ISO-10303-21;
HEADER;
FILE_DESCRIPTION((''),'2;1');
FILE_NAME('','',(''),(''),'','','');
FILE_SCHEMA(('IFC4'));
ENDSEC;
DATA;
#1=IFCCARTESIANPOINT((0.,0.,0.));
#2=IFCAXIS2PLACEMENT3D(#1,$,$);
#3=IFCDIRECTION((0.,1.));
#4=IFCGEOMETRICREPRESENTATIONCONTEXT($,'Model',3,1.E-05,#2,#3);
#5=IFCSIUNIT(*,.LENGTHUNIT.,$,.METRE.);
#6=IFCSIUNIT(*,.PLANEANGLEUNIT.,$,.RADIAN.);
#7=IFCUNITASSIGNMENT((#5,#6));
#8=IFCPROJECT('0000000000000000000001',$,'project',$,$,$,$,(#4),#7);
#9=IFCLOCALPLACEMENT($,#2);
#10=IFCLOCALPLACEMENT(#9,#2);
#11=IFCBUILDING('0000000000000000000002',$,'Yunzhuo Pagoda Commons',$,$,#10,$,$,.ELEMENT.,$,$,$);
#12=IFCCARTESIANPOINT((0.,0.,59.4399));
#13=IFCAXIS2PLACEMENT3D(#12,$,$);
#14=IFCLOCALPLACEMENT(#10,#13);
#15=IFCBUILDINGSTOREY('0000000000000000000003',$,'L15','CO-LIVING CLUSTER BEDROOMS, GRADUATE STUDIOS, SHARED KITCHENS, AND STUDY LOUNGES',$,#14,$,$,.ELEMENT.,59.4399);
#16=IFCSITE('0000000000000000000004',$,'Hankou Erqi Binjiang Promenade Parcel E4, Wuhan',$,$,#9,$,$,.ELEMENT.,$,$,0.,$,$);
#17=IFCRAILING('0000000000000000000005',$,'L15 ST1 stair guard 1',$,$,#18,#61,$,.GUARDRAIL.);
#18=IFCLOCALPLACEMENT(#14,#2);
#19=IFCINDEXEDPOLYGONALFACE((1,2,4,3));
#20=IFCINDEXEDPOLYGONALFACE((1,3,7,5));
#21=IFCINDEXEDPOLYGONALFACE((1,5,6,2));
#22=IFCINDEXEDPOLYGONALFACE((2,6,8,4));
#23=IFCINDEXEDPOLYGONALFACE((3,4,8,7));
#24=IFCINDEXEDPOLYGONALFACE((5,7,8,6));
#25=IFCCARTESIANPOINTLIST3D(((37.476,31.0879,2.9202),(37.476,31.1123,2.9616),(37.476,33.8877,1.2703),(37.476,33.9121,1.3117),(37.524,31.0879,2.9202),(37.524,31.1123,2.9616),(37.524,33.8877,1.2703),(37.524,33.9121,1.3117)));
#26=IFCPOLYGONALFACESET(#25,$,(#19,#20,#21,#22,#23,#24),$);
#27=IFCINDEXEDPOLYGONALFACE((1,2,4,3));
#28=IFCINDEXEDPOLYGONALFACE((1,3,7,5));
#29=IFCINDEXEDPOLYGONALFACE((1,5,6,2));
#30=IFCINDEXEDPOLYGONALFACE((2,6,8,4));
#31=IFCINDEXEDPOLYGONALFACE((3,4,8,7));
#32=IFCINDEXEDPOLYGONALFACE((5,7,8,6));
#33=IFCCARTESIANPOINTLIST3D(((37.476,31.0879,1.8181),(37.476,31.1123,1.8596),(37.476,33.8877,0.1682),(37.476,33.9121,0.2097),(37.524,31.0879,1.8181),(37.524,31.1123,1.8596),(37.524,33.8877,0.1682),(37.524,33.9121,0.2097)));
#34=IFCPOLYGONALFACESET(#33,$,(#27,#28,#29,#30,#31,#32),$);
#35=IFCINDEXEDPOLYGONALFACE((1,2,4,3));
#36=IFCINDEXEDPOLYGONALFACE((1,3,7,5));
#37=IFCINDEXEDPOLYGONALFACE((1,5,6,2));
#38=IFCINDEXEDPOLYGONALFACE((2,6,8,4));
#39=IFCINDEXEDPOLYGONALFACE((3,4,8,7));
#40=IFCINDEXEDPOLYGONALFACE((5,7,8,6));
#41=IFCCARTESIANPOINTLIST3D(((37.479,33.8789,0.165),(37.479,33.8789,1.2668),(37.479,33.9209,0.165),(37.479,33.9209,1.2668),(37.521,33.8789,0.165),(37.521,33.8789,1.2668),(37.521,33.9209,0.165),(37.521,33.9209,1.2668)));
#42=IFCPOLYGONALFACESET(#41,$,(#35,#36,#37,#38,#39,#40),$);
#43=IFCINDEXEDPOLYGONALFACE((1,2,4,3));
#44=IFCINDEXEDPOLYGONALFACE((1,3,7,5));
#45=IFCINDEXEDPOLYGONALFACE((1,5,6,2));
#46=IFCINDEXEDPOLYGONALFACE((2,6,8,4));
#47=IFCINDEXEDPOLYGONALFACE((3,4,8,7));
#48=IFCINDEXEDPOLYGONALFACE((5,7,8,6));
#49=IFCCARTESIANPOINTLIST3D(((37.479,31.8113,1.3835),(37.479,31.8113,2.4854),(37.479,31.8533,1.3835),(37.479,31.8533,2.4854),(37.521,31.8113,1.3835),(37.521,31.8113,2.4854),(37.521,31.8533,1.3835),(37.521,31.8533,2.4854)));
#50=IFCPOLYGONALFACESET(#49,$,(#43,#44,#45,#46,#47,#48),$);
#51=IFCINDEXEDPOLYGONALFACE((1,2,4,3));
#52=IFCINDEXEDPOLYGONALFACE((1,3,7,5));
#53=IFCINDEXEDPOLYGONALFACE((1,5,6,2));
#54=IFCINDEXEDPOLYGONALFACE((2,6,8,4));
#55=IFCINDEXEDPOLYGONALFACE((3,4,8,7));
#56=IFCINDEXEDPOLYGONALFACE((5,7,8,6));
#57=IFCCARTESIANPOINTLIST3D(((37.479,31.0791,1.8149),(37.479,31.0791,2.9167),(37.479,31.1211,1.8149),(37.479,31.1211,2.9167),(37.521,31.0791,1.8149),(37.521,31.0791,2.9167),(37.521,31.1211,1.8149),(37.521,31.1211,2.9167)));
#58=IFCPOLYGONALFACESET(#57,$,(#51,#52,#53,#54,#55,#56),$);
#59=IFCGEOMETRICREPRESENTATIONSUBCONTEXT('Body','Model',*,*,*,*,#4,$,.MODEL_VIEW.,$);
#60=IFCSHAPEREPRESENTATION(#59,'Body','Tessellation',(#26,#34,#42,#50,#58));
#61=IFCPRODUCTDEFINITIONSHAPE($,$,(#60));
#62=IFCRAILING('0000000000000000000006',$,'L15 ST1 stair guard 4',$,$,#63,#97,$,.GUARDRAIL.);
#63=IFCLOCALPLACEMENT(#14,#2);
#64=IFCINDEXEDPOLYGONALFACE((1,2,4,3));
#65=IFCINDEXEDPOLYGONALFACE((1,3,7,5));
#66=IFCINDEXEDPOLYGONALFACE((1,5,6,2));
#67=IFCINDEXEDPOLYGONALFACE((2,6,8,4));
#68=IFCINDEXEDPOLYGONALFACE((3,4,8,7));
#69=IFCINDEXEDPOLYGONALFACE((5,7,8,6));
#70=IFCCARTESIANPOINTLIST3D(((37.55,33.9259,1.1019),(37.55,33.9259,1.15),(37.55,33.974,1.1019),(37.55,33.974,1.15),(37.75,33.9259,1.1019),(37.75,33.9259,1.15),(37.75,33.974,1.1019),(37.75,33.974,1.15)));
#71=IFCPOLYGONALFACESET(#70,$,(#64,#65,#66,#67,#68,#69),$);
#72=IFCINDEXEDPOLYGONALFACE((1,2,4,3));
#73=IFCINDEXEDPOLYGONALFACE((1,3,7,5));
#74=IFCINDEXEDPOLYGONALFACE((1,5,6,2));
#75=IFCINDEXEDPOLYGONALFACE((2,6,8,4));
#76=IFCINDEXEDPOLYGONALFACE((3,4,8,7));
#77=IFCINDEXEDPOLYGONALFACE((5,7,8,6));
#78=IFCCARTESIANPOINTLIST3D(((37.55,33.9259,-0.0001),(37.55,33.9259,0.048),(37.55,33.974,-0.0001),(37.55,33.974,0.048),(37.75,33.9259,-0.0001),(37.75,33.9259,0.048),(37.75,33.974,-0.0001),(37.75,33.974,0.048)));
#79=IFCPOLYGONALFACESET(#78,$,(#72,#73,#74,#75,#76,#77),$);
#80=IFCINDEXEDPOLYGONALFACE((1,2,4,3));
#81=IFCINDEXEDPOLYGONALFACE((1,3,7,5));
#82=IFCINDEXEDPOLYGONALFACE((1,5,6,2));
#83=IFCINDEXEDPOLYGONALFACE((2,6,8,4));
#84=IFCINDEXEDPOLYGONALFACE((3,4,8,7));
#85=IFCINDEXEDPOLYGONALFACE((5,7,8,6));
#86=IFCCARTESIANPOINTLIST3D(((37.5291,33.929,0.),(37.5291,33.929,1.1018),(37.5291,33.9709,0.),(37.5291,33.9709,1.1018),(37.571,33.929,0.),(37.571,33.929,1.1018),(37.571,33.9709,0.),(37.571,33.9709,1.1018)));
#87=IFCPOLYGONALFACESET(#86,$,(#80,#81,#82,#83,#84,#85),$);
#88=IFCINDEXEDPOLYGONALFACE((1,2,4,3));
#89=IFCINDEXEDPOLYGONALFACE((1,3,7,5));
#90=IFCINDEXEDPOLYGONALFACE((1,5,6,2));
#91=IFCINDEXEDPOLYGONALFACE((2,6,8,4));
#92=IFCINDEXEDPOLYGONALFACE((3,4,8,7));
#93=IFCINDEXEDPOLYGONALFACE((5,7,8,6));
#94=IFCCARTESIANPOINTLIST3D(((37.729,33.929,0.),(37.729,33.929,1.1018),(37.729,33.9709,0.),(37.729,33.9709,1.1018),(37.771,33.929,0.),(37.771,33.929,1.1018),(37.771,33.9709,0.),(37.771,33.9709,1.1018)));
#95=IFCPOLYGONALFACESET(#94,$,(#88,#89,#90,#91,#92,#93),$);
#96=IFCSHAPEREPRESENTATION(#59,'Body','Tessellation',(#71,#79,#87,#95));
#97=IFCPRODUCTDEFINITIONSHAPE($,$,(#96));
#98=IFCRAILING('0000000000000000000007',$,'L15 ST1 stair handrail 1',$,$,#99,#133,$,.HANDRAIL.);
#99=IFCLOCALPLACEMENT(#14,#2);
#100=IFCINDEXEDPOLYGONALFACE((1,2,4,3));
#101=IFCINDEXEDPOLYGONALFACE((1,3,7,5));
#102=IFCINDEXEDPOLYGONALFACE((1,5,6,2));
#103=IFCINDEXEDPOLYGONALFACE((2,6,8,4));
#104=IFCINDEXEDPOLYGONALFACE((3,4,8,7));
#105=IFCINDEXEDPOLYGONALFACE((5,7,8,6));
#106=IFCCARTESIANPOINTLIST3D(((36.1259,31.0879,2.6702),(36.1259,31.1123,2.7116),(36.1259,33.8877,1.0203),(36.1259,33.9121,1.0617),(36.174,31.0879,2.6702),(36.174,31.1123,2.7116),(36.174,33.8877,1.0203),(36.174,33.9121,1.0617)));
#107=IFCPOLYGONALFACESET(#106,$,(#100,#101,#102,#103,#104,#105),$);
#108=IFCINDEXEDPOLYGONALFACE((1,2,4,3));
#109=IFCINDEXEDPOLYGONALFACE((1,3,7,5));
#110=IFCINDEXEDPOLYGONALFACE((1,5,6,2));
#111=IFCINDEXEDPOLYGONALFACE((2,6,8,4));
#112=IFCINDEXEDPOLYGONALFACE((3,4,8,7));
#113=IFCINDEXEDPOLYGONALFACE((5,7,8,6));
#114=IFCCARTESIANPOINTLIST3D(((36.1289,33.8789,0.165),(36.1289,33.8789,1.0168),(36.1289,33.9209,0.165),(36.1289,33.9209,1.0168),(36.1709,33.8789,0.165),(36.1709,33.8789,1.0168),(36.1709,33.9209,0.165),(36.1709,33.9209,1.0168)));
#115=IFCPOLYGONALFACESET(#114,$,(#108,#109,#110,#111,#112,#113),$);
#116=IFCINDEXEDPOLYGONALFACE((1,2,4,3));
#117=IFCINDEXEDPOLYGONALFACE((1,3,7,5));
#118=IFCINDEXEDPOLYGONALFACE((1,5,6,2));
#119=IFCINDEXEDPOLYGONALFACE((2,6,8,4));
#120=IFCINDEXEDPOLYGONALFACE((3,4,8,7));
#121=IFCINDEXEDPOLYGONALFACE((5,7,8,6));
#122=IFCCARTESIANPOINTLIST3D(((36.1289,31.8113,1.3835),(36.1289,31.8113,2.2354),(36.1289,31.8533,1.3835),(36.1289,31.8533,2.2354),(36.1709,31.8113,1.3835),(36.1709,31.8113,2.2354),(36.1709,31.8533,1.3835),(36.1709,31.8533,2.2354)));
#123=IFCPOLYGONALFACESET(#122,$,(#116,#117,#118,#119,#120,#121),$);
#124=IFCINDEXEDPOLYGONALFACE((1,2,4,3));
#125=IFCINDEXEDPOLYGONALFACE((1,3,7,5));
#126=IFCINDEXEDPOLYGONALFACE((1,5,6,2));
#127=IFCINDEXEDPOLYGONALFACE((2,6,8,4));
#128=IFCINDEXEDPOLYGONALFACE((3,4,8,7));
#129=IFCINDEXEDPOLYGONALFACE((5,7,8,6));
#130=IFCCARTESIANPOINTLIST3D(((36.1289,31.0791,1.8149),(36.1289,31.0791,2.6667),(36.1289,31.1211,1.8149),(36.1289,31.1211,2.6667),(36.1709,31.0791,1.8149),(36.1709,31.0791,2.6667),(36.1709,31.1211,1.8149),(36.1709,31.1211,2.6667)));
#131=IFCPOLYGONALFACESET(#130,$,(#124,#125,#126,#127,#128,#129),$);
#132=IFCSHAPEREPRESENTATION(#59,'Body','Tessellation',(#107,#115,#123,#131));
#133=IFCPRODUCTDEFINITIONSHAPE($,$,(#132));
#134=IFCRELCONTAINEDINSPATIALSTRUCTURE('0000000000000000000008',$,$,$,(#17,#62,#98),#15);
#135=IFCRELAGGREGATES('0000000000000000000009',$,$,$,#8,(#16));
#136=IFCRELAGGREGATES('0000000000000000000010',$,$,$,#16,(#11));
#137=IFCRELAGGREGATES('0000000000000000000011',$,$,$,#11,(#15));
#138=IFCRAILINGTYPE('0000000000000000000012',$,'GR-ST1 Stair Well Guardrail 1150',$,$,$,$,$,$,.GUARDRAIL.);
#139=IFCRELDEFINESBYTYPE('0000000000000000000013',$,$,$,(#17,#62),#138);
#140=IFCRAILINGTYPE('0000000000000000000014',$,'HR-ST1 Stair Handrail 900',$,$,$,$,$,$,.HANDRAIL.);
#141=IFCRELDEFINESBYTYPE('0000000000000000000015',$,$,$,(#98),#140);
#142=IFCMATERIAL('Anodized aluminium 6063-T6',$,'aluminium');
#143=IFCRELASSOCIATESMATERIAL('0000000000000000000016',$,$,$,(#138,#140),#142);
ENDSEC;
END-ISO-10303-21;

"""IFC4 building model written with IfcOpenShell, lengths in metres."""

from ifc_helpers import new_model, si_unit, direction, frame, origin, origin_2d, place, context, subcontext, project, spatial, rectangle, extrude, material, type_object, element, save


model = new_model("IFC4")

# Units and contexts
model_context = context("Model", 3, precision=1e-05, world=origin(), true_north=direction((0.0, 1.0)))
body_context = subcontext(model_context, "Body", "Model", "MODEL_VIEW")
ifc_project = project(units=[si_unit("LENGTHUNIT", "METRE"), si_unit("PLANEANGLEUNIT", "RADIAN")], contexts=[model_context])

# Site, building, storey
site_placement = place(None, origin())
site = spatial("IfcSite", under=ifc_project, at=site_placement, Name="Hankou Erqi Binjiang Promenade Parcel E4, Wuhan", CompositionType="ELEMENT", RefElevation=0.0)
building_placement = place(site_placement, origin())
building = spatial("IfcBuilding", under=site, at=building_placement, Name="Yunzhuo Pagoda Commons", CompositionType="ELEMENT")
storey_placement = place(building_placement, frame((0.0, 0.0, 59.4399)))
storey = spatial("IfcBuildingStorey", under=building, at=storey_placement, Name="L15", Description="CO-LIVING CLUSTER BEDROOMS, GRADUATE STUDIOS, SHARED KITCHENS, AND STUDY LOUNGES", CompositionType="ELEMENT", Elevation=59.4399)

# Railings
ifc_material_1 = material(Name="Anodized aluminium 6063-T6", Category="aluminium")
railing_type_1 = type_object("IfcRailingType", Name="GR-ST1 Stair Well Guardrail 1150", PredefinedType="GUARDRAIL", material=ifc_material_1)
railing_1_placement = place(storey_placement, frame((37.5, 33.8999, 0.165)))
element("IfcRailing", 1, at=railing_1_placement, inside=storey, type_object=railing_type_1, Name="L15 ST1 stair guard 1", PredefinedType="GUARDRAIL", context=body_context, shape_type="SweptSolid", body=[
    extrude(rectangle(XDim=0.0481, YDim=0.0481, at=origin_2d()), frame((0.0, 0.0, 1.126), z_axis=(0.0, -0.861536, 0.507696), x_axis=(1.0, 0.0, 0.0)), (0.0, 0.0, 1.0), 3.2498),
    extrude(rectangle(XDim=0.0481, YDim=0.0481, at=origin_2d()), frame((0.0, 0.0, 0.0239), z_axis=(0.0, -0.861536, 0.507696), x_axis=(1.0, 0.0, 0.0)), (0.0, 0.0, 1.0), 3.2498),
    extrude(rectangle(XDim=0.042, YDim=0.042, at=origin_2d()), origin(), (0.0, 0.0, 1.0), 1.1018),
    extrude(rectangle(XDim=0.042, YDim=0.042, at=origin_2d()), frame((0.0, -2.0676, 1.2185)), (0.0, 0.0, 1.0), 1.1018),
    extrude(rectangle(XDim=0.042, YDim=0.042, at=origin_2d()), frame((0.0, -2.7998, 1.6499)), (0.0, 0.0, 1.0), 1.1018),
])
railing_2_placement = place(storey_placement, frame((37.55, 33.95, 0.0)))
element("IfcRailing", 2, at=railing_2_placement, inside=storey, type_object=railing_type_1, Name="L15 ST1 stair guard 4", PredefinedType="GUARDRAIL", context=body_context, shape_type="SweptSolid", body=[
    extrude(rectangle(XDim=0.0481, YDim=0.0481, at=origin_2d()), frame((0.0, 0.0, 1.126), z_axis=(1.0, 0.0, 0.0), x_axis=(0.0, 1.0, 0.0)), (0.0, 0.0, 1.0), 0.2),
    extrude(rectangle(XDim=0.0481, YDim=0.0481, at=origin_2d()), frame((0.0, 0.0, 0.0239), z_axis=(1.0, 0.0, 0.0), x_axis=(0.0, 1.0, 0.0)), (0.0, 0.0, 1.0), 0.2),
    extrude(rectangle(XDim=0.042, YDim=0.042, at=origin_2d()), origin(), (0.0, 0.0, 1.0), 1.1018),
    extrude(rectangle(XDim=0.042, YDim=0.042, at=origin_2d()), frame((0.2, 0.0, 0.0)), (0.0, 0.0, 1.0), 1.1018),
])
railing_type_2 = type_object("IfcRailingType", Name="HR-ST1 Stair Handrail 900", PredefinedType="HANDRAIL", material=ifc_material_1)
railing_3_placement = place(storey_placement, frame((36.1499, 33.8999, 0.165)))
element("IfcRailing", 3, at=railing_3_placement, inside=storey, type_object=railing_type_2, Name="L15 ST1 stair handrail 1", PredefinedType="HANDRAIL", context=body_context, shape_type="SweptSolid", body=[
    extrude(rectangle(XDim=0.0481, YDim=0.0481, at=origin_2d()), frame((0.0, 0.0, 0.876), z_axis=(0.0, -0.861536, 0.507696), x_axis=(1.0, 0.0, 0.0)), (0.0, 0.0, 1.0), 3.2498),
    extrude(rectangle(XDim=0.042, YDim=0.042, at=origin_2d()), origin(), (0.0, 0.0, 1.0), 0.8518),
    extrude(rectangle(XDim=0.042, YDim=0.042, at=origin_2d()), frame((0.0, -2.0676, 1.2185)), (0.0, 0.0, 1.0), 0.8518),
    extrude(rectangle(XDim=0.042, YDim=0.042, at=origin_2d()), frame((0.0, -2.7998, 1.6499)), (0.0, 0.0, 1.0), 0.8518),
])

save(model, "model.ifc")
